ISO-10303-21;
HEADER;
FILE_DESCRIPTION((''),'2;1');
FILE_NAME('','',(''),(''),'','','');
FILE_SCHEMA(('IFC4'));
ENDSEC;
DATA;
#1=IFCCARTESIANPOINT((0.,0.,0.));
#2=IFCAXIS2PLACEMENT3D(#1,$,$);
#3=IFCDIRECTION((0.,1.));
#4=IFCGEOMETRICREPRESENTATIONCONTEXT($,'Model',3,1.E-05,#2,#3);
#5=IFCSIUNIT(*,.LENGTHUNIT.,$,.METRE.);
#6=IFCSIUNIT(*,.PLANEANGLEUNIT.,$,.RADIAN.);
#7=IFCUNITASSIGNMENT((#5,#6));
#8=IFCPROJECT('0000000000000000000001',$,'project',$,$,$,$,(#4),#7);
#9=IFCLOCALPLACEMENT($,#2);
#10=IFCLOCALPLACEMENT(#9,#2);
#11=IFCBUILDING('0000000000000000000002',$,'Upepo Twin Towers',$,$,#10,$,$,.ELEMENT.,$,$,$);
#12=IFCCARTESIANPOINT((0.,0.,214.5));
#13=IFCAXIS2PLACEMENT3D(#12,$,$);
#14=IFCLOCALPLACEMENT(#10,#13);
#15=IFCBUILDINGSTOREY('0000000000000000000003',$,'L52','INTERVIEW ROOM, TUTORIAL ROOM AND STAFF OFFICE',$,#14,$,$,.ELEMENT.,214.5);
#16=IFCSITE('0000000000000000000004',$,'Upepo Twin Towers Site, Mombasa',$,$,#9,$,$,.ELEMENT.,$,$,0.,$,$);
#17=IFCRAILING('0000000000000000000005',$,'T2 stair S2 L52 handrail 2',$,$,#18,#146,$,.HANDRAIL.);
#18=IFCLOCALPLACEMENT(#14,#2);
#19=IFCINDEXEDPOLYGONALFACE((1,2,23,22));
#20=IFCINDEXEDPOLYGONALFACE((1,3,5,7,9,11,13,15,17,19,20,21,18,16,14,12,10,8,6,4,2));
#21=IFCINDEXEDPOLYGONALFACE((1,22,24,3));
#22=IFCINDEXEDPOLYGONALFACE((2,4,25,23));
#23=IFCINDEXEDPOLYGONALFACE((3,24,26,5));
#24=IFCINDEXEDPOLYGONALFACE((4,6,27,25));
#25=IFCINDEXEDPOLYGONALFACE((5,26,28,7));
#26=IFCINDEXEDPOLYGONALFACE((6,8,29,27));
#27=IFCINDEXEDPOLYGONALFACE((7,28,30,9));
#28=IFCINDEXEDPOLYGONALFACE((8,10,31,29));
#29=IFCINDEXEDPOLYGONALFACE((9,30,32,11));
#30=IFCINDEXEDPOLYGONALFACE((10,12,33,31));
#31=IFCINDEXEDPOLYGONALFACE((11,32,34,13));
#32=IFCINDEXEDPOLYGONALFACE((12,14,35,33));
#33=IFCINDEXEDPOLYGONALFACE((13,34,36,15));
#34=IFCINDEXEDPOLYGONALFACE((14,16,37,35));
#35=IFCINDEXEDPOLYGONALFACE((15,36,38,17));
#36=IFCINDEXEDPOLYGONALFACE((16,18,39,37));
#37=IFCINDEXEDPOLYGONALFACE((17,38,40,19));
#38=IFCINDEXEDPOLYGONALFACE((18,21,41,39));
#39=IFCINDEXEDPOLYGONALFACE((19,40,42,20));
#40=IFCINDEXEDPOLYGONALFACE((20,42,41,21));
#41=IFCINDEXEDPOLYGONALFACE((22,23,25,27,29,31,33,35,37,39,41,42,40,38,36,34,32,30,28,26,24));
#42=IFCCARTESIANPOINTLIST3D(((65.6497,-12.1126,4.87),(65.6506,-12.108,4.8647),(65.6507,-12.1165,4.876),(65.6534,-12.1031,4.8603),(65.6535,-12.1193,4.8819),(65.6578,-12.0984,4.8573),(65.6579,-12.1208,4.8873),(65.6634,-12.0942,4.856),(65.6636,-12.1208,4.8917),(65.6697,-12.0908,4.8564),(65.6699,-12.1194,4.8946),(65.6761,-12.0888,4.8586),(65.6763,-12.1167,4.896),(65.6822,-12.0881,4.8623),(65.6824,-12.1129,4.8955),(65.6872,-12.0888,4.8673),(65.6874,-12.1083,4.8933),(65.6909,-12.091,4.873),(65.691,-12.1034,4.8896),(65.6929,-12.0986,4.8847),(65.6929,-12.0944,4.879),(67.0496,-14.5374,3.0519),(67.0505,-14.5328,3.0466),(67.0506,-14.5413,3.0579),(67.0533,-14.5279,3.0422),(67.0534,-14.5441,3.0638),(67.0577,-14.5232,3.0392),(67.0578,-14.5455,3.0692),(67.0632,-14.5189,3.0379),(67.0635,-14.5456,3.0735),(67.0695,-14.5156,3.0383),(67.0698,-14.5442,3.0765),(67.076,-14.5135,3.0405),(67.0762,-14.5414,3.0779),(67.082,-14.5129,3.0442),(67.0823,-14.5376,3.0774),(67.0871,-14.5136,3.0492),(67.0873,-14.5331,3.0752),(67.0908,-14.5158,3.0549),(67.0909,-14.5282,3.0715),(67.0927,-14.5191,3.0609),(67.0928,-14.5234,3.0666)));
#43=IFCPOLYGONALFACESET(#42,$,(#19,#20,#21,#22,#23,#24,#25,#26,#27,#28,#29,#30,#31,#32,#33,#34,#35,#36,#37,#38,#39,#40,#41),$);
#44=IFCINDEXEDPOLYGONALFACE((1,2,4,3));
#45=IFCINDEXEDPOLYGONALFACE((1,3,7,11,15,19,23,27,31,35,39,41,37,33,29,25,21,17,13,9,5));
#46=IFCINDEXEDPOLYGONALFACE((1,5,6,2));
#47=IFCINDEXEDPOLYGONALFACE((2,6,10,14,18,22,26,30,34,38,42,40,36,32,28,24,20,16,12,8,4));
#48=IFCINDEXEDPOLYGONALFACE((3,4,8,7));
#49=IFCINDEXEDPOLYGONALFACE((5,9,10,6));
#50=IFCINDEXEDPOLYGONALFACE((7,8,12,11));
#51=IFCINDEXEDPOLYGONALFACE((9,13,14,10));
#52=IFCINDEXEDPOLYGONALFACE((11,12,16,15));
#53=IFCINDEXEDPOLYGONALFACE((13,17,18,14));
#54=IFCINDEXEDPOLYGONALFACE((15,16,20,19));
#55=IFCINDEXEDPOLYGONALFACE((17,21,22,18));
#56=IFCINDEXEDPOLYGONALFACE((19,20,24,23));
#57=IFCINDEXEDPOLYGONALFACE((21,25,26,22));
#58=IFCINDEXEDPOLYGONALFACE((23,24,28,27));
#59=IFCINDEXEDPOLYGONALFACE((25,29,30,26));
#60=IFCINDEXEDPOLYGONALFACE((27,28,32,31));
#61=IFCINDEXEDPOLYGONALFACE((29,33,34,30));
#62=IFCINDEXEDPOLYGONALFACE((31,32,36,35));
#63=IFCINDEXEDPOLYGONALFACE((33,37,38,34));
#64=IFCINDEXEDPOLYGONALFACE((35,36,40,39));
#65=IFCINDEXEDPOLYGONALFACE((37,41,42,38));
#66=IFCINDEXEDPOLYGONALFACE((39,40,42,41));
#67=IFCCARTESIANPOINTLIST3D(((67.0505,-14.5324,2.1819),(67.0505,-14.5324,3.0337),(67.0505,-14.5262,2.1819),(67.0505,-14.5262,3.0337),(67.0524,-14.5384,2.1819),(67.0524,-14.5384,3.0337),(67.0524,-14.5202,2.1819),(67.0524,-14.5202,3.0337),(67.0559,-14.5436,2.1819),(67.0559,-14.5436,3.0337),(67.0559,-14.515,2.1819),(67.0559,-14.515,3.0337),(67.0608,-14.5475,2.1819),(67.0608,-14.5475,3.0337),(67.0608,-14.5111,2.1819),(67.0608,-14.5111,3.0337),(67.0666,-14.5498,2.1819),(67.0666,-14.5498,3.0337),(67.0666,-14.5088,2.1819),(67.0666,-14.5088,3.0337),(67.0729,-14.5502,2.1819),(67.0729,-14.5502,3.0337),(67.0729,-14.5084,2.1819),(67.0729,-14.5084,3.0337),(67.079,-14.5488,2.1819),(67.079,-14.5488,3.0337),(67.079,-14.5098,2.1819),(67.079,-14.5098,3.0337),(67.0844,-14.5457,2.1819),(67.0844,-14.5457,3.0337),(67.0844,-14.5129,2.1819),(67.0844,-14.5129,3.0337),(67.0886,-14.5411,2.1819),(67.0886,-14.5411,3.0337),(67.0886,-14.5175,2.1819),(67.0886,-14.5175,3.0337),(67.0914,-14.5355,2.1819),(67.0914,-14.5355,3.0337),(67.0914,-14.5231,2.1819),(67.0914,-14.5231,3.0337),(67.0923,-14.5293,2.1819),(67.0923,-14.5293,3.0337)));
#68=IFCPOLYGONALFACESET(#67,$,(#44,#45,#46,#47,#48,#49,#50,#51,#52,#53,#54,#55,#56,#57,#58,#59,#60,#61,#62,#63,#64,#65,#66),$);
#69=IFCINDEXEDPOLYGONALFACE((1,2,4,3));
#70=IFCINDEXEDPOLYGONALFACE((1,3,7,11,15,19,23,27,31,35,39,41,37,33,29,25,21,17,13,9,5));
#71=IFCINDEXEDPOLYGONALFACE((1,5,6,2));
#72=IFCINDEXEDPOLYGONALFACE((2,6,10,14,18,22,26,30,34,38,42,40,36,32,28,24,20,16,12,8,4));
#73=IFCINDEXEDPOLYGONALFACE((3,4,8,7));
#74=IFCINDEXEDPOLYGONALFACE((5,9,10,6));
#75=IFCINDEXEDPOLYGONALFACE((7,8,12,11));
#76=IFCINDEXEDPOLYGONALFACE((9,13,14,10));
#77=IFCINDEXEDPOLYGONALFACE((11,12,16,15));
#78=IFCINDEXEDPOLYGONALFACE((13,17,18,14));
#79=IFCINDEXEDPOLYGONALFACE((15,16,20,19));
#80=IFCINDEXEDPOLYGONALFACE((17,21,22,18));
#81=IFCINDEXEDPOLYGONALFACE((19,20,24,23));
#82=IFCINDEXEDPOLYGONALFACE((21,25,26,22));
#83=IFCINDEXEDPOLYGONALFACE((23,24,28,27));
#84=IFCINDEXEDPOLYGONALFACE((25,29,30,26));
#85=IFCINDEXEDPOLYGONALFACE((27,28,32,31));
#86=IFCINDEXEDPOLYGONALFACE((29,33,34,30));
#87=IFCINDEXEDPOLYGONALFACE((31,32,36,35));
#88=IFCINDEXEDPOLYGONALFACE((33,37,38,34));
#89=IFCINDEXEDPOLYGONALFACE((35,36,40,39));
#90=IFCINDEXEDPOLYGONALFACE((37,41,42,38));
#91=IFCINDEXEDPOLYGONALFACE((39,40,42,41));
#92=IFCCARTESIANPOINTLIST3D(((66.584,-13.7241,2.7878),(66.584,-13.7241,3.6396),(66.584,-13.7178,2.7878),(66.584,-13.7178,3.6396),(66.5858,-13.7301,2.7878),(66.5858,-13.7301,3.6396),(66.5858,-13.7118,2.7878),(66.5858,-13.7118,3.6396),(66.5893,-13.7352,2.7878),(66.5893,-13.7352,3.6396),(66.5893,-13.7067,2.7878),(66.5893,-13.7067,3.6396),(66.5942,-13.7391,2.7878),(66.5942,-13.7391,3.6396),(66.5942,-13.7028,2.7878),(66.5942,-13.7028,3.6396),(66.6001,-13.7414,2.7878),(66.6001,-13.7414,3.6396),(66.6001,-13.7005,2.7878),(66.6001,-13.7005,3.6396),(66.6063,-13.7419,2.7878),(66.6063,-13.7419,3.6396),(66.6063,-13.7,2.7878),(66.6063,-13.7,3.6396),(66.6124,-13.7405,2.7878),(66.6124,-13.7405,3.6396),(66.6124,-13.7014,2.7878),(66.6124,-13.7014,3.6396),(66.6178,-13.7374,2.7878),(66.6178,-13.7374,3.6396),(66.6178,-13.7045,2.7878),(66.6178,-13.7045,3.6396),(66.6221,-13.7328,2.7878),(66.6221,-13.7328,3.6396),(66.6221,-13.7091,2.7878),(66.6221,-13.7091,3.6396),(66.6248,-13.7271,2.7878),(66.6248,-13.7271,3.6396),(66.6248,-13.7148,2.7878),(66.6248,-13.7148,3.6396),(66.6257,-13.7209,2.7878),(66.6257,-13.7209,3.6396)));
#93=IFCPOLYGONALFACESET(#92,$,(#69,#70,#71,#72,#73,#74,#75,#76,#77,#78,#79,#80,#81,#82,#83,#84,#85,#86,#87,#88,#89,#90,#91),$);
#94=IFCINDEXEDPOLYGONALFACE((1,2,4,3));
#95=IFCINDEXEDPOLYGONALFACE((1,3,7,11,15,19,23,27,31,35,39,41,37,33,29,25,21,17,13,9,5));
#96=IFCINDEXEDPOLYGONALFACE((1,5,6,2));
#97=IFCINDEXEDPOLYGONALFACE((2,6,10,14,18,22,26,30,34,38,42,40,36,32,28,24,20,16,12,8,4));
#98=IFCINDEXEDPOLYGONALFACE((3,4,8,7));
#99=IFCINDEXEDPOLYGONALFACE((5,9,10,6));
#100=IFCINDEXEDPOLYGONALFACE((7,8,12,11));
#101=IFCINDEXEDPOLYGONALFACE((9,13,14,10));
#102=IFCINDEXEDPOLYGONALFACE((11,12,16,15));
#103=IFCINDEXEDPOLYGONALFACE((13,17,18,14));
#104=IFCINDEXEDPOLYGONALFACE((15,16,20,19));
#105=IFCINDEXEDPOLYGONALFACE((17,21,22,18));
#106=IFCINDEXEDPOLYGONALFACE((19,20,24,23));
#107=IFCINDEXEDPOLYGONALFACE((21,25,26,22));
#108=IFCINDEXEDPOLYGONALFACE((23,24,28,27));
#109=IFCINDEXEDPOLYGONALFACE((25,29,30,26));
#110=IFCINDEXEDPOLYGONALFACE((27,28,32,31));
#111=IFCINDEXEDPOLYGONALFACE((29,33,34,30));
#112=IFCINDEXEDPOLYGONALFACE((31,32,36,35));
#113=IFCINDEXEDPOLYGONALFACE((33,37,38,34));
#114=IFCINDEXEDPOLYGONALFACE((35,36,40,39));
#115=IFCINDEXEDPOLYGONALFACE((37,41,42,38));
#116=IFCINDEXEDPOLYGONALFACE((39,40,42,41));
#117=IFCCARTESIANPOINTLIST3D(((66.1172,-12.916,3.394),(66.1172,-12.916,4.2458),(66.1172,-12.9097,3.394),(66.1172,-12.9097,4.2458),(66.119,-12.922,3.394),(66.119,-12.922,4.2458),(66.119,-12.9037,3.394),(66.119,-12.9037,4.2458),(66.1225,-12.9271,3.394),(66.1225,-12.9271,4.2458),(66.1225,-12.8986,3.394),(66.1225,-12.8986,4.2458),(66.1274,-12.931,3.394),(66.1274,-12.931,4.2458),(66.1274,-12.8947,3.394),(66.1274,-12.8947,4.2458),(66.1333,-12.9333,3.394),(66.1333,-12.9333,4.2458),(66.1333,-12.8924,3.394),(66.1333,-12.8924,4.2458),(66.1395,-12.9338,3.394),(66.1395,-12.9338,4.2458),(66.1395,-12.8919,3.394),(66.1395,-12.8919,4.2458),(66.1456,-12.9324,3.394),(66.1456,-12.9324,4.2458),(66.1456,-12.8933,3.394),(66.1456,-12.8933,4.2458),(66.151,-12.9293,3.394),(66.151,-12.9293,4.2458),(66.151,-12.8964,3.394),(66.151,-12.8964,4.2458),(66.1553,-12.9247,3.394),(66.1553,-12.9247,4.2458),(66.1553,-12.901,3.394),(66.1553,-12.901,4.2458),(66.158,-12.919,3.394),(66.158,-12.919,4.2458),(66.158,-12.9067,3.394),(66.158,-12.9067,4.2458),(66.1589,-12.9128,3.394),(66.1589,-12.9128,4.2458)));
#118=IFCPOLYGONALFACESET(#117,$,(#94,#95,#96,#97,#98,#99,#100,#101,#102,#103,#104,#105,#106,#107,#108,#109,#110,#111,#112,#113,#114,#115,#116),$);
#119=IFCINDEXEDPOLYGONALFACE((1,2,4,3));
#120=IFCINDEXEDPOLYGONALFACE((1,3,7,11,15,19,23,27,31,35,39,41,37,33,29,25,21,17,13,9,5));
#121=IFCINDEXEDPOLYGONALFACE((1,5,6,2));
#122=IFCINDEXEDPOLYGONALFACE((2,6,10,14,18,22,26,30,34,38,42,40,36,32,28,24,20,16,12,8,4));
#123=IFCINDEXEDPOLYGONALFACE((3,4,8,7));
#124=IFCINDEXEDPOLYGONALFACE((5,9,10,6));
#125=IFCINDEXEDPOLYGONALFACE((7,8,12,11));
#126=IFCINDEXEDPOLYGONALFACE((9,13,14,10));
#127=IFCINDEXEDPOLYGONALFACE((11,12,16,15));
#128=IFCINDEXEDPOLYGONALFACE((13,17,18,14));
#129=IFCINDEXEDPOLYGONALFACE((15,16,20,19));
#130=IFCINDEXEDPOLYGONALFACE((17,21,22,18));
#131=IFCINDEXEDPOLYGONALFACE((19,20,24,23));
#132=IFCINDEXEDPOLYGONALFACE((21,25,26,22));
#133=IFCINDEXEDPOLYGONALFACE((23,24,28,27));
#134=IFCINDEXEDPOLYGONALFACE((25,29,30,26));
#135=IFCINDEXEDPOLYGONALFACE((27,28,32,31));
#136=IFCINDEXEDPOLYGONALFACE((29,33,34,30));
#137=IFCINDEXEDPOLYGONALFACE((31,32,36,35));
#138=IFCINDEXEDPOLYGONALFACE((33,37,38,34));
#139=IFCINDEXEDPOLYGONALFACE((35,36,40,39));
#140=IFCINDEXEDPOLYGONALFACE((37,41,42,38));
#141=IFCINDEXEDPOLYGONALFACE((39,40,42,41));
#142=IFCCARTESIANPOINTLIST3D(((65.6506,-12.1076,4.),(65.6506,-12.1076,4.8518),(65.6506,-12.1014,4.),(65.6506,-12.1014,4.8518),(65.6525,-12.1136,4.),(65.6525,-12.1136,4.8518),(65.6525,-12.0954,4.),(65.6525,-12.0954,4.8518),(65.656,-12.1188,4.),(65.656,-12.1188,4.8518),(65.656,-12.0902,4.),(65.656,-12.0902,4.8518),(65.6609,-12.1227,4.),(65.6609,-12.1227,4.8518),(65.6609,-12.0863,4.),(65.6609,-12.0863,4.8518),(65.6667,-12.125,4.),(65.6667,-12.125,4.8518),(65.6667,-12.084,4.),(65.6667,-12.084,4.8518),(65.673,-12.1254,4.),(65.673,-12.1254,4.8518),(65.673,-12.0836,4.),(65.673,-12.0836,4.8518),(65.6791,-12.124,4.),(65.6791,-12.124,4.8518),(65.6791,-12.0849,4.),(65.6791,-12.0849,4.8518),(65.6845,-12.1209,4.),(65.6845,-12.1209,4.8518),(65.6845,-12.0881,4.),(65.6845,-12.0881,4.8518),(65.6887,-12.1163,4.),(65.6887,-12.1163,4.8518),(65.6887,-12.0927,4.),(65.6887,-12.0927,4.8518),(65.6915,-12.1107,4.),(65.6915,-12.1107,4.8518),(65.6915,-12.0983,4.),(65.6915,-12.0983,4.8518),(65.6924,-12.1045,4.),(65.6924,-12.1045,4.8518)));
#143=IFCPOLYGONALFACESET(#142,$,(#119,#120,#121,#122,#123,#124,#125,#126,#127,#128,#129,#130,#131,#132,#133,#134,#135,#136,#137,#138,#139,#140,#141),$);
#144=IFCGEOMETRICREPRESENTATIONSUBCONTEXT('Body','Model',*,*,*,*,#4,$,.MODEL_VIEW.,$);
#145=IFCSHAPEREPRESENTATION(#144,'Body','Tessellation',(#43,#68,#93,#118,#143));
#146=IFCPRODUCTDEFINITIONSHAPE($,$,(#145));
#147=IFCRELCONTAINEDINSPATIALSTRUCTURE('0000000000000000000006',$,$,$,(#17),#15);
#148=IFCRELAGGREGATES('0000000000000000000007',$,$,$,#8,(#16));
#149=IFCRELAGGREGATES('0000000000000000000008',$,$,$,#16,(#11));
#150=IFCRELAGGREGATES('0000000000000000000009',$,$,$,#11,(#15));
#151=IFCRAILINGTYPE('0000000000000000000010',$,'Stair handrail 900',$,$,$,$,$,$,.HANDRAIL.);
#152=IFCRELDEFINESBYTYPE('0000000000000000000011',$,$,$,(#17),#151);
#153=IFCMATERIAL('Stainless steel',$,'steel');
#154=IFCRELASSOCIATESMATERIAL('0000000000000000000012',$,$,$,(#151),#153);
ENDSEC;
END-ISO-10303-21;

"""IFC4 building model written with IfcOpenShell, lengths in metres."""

from ifc_helpers import new_model, si_unit, direction, frame, origin, origin_2d, place, context, subcontext, project, spatial, circle, extrude, material, type_object, element, save


model = new_model("IFC4")

# Units and contexts
model_context = context("Model", 3, precision=1e-05, world=origin(), true_north=direction((0.0, 1.0)))
body_context = subcontext(model_context, "Body", "Model", "MODEL_VIEW")
ifc_project = project(units=[si_unit("LENGTHUNIT", "METRE"), si_unit("PLANEANGLEUNIT", "RADIAN")], contexts=[model_context])

# Site, building, storey
site_placement = place(None, origin())
site = spatial("IfcSite", under=ifc_project, at=site_placement, Name="Upepo Twin Towers Site, Mombasa", CompositionType="ELEMENT", RefElevation=0.0)
building_placement = place(site_placement, origin())
building = spatial("IfcBuilding", under=site, at=building_placement, Name="Upepo Twin Towers", CompositionType="ELEMENT")
storey_placement = place(building_placement, frame((0.0, 0.0, 214.5)))
storey = spatial("IfcBuildingStorey", under=building, at=storey_placement, Name="L52", Description="INTERVIEW ROOM, TUTORIAL ROOM AND STAFF OFFICE", CompositionType="ELEMENT", Elevation=214.5)

# Railing
ifc_material_1 = material(Name="Stainless steel", Category="steel")
railing_type = type_object("IfcRailingType", Name="Stair handrail 900", PredefinedType="HANDRAIL", material=ifc_material_1)
railing_1_placement = place(storey_placement, frame((67.0713, -14.5293, 2.1819)))
element("IfcRailing", 1, at=railing_1_placement, inside=storey, type_object=railing_type, Name="T2 stair S2 L52 handrail 2", PredefinedType="HANDRAIL", context=body_context, shape_type="SweptSolid", body=[
    extrude(circle(Radius=0.0239, at=origin_2d()), frame((0.0, 0.0, 0.876), z_axis=(-0.419333, 0.726336, 0.544606), x_axis=(-0.866035, -0.499984, 0.0)), (0.0, 0.0, 1.0), 3.3384),
    extrude(circle(Radius=0.021, at=origin_2d()), origin(), (0.0, 0.0, 1.0), 0.8518),
    extrude(circle(Radius=0.021, at=origin_2d()), frame((-0.4666, 0.8083, 0.606)), (0.0, 0.0, 1.0), 0.8518),
    extrude(circle(Radius=0.021, at=origin_2d()), frame((-0.9333, 1.6165, 1.2122)), (0.0, 0.0, 1.0), 0.8518),
    extrude(circle(Radius=0.021, at=origin_2d()), frame((-1.3999, 2.4248, 1.8181)), (0.0, 0.0, 1.0), 0.8518),
])

save(model, "model.ifc")
